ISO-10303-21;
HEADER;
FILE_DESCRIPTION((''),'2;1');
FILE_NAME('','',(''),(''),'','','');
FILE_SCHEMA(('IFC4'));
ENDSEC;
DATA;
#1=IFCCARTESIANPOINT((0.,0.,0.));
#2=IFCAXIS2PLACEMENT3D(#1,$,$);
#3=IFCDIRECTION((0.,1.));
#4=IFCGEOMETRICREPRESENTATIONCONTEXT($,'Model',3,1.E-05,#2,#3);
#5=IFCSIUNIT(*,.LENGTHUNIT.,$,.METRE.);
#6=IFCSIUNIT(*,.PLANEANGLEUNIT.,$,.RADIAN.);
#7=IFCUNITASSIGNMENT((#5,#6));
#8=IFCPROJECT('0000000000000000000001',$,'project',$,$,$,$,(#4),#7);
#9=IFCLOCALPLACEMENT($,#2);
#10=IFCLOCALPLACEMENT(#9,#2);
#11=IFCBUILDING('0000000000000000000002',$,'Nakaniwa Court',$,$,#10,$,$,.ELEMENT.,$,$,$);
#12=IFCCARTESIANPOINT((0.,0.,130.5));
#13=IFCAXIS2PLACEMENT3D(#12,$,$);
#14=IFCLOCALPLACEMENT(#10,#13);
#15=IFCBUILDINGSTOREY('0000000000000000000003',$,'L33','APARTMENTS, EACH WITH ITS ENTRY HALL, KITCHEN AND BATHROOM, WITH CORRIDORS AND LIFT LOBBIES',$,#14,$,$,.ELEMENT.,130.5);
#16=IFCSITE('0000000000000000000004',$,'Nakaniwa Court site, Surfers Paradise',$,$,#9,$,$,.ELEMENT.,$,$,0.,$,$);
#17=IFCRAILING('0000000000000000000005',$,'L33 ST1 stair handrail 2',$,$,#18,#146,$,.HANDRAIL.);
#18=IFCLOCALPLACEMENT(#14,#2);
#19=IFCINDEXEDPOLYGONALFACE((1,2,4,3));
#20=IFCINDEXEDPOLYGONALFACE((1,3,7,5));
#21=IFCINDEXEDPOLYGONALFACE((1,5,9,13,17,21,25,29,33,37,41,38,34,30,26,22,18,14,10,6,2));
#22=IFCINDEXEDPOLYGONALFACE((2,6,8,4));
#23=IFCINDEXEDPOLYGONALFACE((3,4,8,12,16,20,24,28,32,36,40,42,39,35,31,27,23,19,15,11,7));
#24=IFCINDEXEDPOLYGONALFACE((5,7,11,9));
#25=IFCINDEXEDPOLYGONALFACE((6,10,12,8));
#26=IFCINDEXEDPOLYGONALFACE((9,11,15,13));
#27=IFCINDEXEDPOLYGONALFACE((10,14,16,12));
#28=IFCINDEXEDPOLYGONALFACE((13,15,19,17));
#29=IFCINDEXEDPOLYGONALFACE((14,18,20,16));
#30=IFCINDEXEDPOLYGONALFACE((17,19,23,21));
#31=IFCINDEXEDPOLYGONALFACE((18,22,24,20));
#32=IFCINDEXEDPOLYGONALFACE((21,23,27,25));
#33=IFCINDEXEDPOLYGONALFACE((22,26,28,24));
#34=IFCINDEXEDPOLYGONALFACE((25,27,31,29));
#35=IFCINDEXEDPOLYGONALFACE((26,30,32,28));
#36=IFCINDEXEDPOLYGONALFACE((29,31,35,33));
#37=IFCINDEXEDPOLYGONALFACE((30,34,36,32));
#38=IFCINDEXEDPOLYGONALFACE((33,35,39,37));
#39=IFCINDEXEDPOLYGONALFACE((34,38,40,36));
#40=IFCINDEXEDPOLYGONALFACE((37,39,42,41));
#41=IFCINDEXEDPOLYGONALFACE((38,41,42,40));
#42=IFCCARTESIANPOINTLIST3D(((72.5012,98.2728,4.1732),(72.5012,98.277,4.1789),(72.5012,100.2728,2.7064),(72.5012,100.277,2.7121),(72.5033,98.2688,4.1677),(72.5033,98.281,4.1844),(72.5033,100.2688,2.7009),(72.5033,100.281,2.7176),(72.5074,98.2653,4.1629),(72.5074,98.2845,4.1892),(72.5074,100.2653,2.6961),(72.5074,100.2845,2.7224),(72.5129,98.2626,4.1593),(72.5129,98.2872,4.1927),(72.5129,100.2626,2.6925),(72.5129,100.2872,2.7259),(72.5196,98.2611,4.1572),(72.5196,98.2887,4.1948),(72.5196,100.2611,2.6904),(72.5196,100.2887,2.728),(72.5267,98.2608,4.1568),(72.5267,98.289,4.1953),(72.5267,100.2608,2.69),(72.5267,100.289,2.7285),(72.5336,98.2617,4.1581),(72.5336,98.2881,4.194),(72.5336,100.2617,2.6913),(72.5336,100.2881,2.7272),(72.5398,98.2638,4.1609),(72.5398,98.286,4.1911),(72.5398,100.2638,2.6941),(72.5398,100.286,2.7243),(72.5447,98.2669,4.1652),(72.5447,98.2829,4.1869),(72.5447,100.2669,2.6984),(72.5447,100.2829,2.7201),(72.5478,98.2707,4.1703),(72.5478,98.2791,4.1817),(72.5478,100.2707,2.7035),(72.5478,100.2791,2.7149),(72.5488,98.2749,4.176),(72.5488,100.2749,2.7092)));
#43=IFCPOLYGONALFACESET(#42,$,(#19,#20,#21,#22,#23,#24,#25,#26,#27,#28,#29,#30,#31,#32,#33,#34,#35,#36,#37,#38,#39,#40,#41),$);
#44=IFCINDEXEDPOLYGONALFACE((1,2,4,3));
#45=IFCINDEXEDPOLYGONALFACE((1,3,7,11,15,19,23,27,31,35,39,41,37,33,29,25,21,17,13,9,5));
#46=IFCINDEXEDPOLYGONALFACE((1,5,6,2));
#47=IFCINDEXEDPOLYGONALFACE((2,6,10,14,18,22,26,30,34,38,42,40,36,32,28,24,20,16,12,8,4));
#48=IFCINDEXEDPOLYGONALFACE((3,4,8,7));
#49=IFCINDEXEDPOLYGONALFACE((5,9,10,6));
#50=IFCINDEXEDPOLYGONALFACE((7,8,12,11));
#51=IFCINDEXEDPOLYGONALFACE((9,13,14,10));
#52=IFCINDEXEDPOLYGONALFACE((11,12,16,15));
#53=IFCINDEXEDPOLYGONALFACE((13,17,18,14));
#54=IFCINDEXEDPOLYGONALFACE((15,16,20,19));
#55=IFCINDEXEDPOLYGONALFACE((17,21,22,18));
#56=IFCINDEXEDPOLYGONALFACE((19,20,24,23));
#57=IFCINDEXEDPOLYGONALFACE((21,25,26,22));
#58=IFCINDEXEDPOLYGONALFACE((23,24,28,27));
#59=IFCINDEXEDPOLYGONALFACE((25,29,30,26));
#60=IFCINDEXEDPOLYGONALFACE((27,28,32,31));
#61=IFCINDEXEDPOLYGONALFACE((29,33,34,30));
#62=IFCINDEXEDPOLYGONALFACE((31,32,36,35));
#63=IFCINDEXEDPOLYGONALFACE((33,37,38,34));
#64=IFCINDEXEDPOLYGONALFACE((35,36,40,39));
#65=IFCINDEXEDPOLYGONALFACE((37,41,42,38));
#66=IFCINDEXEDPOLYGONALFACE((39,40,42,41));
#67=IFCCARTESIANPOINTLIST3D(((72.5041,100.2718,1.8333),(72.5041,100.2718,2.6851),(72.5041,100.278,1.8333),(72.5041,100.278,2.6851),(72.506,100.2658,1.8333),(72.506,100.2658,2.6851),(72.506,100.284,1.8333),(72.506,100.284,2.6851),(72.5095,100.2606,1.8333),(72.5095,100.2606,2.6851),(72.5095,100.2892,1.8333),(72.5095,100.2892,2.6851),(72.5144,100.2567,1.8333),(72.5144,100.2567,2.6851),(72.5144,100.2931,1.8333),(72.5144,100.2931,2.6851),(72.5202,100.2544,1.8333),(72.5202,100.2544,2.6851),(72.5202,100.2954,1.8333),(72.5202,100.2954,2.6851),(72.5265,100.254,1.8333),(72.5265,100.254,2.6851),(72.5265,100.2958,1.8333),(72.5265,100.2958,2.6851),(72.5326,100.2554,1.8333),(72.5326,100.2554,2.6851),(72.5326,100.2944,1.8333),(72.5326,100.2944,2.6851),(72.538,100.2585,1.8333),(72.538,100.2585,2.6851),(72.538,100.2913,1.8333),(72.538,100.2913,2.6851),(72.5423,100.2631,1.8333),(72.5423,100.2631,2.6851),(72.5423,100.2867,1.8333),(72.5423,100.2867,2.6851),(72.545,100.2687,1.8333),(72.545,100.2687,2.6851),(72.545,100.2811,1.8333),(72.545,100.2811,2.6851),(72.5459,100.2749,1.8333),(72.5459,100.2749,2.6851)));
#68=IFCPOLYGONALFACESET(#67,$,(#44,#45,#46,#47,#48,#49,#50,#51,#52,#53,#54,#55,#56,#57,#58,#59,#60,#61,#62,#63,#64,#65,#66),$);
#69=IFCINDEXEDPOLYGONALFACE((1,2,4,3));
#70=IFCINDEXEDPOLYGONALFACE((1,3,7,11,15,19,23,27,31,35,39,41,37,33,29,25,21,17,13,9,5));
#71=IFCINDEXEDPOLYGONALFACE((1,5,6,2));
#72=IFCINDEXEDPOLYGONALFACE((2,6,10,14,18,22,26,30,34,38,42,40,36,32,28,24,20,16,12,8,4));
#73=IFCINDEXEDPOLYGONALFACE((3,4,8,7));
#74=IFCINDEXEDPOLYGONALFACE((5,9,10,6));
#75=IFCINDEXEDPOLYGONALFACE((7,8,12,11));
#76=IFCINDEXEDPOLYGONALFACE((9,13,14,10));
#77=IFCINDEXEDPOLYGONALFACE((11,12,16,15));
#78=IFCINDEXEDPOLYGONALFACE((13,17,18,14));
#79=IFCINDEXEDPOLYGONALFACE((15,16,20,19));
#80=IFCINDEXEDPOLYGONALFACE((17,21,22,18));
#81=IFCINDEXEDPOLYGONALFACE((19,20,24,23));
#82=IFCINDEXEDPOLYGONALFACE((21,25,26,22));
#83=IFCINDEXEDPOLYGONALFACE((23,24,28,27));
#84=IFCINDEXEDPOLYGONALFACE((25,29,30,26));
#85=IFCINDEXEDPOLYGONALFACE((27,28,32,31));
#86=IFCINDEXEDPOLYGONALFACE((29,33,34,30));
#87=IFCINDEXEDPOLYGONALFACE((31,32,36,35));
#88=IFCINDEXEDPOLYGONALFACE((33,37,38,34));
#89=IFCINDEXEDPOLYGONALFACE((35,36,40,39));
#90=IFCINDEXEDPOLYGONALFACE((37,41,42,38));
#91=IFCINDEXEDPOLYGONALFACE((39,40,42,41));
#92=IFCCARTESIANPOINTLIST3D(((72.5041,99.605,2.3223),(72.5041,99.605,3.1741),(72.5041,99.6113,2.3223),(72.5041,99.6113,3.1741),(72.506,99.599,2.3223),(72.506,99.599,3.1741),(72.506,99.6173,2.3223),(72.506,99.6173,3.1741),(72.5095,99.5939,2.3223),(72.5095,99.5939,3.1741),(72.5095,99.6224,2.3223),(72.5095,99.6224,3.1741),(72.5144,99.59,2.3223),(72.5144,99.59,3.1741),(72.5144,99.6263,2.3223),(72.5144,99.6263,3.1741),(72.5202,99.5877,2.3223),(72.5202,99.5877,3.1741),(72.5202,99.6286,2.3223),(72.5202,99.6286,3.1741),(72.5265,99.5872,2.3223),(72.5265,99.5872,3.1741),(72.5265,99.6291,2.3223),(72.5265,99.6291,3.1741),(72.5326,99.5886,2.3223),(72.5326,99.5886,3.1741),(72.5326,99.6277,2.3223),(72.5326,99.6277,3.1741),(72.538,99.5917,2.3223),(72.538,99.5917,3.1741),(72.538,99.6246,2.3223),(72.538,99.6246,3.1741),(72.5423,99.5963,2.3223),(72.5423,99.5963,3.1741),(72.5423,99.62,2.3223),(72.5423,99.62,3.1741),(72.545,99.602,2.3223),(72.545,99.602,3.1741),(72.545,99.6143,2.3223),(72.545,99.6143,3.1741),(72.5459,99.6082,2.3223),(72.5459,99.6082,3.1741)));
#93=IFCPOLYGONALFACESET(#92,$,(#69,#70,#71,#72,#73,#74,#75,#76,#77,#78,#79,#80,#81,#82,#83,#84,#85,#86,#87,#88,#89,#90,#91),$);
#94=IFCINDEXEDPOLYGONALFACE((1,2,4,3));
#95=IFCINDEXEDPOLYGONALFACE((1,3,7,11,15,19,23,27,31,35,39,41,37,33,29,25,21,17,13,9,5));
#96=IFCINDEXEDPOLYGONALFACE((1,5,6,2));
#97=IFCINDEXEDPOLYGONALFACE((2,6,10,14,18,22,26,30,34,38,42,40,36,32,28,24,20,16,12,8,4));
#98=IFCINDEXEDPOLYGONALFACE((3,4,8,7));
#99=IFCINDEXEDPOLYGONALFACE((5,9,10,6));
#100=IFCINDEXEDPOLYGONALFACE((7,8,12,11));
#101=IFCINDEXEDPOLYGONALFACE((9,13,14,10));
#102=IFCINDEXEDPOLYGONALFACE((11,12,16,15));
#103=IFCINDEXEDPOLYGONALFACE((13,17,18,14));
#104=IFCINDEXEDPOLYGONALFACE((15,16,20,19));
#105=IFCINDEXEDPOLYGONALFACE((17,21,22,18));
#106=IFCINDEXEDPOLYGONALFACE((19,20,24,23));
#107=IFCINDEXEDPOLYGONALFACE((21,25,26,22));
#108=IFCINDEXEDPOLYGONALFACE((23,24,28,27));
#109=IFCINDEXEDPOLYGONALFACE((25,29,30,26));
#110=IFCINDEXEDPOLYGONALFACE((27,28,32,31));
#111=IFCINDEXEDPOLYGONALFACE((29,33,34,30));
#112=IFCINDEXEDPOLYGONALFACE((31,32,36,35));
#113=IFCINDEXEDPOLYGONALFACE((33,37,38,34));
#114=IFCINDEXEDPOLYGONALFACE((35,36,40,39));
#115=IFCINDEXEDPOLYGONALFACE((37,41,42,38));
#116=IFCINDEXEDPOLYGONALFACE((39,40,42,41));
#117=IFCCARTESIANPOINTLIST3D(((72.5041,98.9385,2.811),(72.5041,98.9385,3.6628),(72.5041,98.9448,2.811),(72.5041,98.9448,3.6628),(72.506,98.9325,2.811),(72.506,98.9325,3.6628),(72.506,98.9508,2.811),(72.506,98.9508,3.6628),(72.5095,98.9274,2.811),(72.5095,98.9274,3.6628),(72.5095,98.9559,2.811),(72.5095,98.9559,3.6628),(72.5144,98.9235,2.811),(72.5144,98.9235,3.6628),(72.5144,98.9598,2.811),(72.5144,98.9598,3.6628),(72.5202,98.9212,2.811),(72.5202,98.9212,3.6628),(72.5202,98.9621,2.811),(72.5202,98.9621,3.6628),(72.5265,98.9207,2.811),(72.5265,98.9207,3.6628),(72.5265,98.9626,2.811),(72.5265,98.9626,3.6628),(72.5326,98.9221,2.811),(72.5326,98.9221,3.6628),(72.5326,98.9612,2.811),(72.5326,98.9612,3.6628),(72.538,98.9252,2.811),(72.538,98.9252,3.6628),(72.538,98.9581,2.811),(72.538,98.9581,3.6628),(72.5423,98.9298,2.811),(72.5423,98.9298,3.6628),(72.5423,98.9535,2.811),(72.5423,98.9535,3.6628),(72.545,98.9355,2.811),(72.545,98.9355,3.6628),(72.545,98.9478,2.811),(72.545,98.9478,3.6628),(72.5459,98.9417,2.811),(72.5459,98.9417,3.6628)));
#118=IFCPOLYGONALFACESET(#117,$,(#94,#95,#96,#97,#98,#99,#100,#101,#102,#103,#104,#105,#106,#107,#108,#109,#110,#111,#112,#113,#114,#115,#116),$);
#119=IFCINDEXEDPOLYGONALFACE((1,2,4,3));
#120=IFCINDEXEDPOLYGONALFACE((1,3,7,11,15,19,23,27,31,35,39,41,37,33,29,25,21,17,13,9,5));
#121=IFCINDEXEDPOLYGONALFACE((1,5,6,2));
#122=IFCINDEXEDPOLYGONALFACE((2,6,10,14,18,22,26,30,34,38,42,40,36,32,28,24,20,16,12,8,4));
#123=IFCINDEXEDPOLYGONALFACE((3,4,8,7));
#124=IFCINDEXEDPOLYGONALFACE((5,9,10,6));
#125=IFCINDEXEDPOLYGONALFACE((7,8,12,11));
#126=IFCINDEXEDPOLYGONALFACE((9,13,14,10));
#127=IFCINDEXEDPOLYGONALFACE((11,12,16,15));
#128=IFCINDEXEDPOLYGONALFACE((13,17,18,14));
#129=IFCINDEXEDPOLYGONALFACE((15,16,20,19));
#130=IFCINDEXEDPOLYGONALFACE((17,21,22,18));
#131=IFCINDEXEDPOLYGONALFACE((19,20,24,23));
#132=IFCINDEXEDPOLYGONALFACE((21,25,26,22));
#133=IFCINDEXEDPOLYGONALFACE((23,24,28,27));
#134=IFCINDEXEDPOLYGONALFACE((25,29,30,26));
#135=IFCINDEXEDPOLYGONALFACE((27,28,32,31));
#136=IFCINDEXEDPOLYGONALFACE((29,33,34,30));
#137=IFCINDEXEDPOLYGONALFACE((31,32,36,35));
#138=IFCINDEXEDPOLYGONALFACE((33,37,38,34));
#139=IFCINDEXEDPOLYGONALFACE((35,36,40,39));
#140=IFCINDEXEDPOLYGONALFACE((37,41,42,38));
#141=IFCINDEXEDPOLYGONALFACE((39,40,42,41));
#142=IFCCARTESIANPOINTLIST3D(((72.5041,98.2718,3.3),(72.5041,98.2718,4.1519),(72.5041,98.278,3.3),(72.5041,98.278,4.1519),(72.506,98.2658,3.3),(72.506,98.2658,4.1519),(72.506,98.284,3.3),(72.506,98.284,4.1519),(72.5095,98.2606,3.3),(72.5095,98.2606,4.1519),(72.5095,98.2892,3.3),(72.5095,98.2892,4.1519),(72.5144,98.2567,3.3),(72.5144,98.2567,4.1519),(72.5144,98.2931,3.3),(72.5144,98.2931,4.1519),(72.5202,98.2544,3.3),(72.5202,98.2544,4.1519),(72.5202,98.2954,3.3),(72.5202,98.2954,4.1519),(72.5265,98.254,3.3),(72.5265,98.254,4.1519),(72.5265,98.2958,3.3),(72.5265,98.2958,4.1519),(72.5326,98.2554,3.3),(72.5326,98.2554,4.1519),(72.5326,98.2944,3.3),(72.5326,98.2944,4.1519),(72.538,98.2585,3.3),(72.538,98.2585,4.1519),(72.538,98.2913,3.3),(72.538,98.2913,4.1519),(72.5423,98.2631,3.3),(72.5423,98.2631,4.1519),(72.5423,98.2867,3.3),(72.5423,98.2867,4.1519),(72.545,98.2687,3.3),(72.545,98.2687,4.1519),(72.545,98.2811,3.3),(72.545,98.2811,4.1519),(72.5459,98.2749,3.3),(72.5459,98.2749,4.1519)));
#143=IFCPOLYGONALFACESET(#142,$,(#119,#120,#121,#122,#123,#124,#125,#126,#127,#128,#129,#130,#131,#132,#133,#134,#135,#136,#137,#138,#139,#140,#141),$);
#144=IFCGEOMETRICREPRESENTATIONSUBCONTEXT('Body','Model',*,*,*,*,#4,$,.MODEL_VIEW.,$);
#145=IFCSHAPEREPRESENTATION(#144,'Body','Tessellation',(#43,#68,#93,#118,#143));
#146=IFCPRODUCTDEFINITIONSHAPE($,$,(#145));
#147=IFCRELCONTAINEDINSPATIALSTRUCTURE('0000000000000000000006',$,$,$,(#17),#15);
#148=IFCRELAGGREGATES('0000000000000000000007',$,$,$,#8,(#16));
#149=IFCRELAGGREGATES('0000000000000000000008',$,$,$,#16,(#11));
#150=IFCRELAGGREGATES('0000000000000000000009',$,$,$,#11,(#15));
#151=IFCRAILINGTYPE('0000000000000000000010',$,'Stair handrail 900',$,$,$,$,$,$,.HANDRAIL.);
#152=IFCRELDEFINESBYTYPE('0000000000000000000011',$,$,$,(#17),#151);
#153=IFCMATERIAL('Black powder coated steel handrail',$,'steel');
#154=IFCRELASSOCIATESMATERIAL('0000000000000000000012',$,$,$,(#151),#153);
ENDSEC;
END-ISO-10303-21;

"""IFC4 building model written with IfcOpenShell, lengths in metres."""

from ifc_helpers import new_model, si_unit, direction, frame, origin, origin_2d, place, context, subcontext, project, spatial, circle, extrude, material, type_object, element, save


model = new_model("IFC4")

# Units and contexts
model_context = context("Model", 3, precision=1e-05, world=origin(), true_north=direction((0.0, 1.0)))
body_context = subcontext(model_context, "Body", "Model", "MODEL_VIEW")
ifc_project = project(units=[si_unit("LENGTHUNIT", "METRE"), si_unit("PLANEANGLEUNIT", "RADIAN")], contexts=[model_context])

# Site, building, storey
site_placement = place(None, origin())
site = spatial("IfcSite", under=ifc_project, at=site_placement, Name="Nakaniwa Court site, Surfers Paradise", CompositionType="ELEMENT", RefElevation=0.0)
building_placement = place(site_placement, origin())
building = spatial("IfcBuilding", under=site, at=building_placement, Name="Nakaniwa Court", CompositionType="ELEMENT")
storey_placement = place(building_placement, frame((0.0, 0.0, 130.5)))
storey = spatial("IfcBuildingStorey", under=building, at=storey_placement, Name="L33", Description="APARTMENTS, EACH WITH ITS ENTRY HALL, KITCHEN AND BATHROOM, WITH CORRIDORS AND LIFT LOBBIES", CompositionType="ELEMENT", Elevation=130.5)

# Railing
ifc_material_1 = material(Name="Black powder coated steel handrail", Category="steel")
railing_type_1 = type_object("IfcRailingType", Name="Stair handrail 900", PredefinedType="HANDRAIL", material=ifc_material_1)
railing_1_placement = place(storey_placement, frame((72.5249, 100.2749, 1.8333)))
element("IfcRailing", 1, at=railing_1_placement, inside=storey, type_object=railing_type_1, Name="L33 ST1 stair handrail 2", PredefinedType="HANDRAIL", context=body_context, shape_type="SweptSolid", body=[
    extrude(circle(Radius=0.0239, at=origin_2d()), frame((0.0, 0.0, 0.876), z_axis=(0.0, -0.80638, 0.591398), x_axis=(1.0, 0.0, 0.0)), (0.0, 0.0, 1.0), 2.4802),
    extrude(circle(Radius=0.021, at=origin_2d()), origin(), (0.0, 0.0, 1.0), 0.8518),
    extrude(circle(Radius=0.021, at=origin_2d()), frame((0.0, -0.6667, 0.489)), (0.0, 0.0, 1.0), 0.8518),
    extrude(circle(Radius=0.021, at=origin_2d()), frame((0.0, -1.3333, 0.9778)), (0.0, 0.0, 1.0), 0.8518),
    extrude(circle(Radius=0.021, at=origin_2d()), frame((0.0, -2.0, 1.4668)), (0.0, 0.0, 1.0), 0.8518),
])

save(model, "model.ifc")
